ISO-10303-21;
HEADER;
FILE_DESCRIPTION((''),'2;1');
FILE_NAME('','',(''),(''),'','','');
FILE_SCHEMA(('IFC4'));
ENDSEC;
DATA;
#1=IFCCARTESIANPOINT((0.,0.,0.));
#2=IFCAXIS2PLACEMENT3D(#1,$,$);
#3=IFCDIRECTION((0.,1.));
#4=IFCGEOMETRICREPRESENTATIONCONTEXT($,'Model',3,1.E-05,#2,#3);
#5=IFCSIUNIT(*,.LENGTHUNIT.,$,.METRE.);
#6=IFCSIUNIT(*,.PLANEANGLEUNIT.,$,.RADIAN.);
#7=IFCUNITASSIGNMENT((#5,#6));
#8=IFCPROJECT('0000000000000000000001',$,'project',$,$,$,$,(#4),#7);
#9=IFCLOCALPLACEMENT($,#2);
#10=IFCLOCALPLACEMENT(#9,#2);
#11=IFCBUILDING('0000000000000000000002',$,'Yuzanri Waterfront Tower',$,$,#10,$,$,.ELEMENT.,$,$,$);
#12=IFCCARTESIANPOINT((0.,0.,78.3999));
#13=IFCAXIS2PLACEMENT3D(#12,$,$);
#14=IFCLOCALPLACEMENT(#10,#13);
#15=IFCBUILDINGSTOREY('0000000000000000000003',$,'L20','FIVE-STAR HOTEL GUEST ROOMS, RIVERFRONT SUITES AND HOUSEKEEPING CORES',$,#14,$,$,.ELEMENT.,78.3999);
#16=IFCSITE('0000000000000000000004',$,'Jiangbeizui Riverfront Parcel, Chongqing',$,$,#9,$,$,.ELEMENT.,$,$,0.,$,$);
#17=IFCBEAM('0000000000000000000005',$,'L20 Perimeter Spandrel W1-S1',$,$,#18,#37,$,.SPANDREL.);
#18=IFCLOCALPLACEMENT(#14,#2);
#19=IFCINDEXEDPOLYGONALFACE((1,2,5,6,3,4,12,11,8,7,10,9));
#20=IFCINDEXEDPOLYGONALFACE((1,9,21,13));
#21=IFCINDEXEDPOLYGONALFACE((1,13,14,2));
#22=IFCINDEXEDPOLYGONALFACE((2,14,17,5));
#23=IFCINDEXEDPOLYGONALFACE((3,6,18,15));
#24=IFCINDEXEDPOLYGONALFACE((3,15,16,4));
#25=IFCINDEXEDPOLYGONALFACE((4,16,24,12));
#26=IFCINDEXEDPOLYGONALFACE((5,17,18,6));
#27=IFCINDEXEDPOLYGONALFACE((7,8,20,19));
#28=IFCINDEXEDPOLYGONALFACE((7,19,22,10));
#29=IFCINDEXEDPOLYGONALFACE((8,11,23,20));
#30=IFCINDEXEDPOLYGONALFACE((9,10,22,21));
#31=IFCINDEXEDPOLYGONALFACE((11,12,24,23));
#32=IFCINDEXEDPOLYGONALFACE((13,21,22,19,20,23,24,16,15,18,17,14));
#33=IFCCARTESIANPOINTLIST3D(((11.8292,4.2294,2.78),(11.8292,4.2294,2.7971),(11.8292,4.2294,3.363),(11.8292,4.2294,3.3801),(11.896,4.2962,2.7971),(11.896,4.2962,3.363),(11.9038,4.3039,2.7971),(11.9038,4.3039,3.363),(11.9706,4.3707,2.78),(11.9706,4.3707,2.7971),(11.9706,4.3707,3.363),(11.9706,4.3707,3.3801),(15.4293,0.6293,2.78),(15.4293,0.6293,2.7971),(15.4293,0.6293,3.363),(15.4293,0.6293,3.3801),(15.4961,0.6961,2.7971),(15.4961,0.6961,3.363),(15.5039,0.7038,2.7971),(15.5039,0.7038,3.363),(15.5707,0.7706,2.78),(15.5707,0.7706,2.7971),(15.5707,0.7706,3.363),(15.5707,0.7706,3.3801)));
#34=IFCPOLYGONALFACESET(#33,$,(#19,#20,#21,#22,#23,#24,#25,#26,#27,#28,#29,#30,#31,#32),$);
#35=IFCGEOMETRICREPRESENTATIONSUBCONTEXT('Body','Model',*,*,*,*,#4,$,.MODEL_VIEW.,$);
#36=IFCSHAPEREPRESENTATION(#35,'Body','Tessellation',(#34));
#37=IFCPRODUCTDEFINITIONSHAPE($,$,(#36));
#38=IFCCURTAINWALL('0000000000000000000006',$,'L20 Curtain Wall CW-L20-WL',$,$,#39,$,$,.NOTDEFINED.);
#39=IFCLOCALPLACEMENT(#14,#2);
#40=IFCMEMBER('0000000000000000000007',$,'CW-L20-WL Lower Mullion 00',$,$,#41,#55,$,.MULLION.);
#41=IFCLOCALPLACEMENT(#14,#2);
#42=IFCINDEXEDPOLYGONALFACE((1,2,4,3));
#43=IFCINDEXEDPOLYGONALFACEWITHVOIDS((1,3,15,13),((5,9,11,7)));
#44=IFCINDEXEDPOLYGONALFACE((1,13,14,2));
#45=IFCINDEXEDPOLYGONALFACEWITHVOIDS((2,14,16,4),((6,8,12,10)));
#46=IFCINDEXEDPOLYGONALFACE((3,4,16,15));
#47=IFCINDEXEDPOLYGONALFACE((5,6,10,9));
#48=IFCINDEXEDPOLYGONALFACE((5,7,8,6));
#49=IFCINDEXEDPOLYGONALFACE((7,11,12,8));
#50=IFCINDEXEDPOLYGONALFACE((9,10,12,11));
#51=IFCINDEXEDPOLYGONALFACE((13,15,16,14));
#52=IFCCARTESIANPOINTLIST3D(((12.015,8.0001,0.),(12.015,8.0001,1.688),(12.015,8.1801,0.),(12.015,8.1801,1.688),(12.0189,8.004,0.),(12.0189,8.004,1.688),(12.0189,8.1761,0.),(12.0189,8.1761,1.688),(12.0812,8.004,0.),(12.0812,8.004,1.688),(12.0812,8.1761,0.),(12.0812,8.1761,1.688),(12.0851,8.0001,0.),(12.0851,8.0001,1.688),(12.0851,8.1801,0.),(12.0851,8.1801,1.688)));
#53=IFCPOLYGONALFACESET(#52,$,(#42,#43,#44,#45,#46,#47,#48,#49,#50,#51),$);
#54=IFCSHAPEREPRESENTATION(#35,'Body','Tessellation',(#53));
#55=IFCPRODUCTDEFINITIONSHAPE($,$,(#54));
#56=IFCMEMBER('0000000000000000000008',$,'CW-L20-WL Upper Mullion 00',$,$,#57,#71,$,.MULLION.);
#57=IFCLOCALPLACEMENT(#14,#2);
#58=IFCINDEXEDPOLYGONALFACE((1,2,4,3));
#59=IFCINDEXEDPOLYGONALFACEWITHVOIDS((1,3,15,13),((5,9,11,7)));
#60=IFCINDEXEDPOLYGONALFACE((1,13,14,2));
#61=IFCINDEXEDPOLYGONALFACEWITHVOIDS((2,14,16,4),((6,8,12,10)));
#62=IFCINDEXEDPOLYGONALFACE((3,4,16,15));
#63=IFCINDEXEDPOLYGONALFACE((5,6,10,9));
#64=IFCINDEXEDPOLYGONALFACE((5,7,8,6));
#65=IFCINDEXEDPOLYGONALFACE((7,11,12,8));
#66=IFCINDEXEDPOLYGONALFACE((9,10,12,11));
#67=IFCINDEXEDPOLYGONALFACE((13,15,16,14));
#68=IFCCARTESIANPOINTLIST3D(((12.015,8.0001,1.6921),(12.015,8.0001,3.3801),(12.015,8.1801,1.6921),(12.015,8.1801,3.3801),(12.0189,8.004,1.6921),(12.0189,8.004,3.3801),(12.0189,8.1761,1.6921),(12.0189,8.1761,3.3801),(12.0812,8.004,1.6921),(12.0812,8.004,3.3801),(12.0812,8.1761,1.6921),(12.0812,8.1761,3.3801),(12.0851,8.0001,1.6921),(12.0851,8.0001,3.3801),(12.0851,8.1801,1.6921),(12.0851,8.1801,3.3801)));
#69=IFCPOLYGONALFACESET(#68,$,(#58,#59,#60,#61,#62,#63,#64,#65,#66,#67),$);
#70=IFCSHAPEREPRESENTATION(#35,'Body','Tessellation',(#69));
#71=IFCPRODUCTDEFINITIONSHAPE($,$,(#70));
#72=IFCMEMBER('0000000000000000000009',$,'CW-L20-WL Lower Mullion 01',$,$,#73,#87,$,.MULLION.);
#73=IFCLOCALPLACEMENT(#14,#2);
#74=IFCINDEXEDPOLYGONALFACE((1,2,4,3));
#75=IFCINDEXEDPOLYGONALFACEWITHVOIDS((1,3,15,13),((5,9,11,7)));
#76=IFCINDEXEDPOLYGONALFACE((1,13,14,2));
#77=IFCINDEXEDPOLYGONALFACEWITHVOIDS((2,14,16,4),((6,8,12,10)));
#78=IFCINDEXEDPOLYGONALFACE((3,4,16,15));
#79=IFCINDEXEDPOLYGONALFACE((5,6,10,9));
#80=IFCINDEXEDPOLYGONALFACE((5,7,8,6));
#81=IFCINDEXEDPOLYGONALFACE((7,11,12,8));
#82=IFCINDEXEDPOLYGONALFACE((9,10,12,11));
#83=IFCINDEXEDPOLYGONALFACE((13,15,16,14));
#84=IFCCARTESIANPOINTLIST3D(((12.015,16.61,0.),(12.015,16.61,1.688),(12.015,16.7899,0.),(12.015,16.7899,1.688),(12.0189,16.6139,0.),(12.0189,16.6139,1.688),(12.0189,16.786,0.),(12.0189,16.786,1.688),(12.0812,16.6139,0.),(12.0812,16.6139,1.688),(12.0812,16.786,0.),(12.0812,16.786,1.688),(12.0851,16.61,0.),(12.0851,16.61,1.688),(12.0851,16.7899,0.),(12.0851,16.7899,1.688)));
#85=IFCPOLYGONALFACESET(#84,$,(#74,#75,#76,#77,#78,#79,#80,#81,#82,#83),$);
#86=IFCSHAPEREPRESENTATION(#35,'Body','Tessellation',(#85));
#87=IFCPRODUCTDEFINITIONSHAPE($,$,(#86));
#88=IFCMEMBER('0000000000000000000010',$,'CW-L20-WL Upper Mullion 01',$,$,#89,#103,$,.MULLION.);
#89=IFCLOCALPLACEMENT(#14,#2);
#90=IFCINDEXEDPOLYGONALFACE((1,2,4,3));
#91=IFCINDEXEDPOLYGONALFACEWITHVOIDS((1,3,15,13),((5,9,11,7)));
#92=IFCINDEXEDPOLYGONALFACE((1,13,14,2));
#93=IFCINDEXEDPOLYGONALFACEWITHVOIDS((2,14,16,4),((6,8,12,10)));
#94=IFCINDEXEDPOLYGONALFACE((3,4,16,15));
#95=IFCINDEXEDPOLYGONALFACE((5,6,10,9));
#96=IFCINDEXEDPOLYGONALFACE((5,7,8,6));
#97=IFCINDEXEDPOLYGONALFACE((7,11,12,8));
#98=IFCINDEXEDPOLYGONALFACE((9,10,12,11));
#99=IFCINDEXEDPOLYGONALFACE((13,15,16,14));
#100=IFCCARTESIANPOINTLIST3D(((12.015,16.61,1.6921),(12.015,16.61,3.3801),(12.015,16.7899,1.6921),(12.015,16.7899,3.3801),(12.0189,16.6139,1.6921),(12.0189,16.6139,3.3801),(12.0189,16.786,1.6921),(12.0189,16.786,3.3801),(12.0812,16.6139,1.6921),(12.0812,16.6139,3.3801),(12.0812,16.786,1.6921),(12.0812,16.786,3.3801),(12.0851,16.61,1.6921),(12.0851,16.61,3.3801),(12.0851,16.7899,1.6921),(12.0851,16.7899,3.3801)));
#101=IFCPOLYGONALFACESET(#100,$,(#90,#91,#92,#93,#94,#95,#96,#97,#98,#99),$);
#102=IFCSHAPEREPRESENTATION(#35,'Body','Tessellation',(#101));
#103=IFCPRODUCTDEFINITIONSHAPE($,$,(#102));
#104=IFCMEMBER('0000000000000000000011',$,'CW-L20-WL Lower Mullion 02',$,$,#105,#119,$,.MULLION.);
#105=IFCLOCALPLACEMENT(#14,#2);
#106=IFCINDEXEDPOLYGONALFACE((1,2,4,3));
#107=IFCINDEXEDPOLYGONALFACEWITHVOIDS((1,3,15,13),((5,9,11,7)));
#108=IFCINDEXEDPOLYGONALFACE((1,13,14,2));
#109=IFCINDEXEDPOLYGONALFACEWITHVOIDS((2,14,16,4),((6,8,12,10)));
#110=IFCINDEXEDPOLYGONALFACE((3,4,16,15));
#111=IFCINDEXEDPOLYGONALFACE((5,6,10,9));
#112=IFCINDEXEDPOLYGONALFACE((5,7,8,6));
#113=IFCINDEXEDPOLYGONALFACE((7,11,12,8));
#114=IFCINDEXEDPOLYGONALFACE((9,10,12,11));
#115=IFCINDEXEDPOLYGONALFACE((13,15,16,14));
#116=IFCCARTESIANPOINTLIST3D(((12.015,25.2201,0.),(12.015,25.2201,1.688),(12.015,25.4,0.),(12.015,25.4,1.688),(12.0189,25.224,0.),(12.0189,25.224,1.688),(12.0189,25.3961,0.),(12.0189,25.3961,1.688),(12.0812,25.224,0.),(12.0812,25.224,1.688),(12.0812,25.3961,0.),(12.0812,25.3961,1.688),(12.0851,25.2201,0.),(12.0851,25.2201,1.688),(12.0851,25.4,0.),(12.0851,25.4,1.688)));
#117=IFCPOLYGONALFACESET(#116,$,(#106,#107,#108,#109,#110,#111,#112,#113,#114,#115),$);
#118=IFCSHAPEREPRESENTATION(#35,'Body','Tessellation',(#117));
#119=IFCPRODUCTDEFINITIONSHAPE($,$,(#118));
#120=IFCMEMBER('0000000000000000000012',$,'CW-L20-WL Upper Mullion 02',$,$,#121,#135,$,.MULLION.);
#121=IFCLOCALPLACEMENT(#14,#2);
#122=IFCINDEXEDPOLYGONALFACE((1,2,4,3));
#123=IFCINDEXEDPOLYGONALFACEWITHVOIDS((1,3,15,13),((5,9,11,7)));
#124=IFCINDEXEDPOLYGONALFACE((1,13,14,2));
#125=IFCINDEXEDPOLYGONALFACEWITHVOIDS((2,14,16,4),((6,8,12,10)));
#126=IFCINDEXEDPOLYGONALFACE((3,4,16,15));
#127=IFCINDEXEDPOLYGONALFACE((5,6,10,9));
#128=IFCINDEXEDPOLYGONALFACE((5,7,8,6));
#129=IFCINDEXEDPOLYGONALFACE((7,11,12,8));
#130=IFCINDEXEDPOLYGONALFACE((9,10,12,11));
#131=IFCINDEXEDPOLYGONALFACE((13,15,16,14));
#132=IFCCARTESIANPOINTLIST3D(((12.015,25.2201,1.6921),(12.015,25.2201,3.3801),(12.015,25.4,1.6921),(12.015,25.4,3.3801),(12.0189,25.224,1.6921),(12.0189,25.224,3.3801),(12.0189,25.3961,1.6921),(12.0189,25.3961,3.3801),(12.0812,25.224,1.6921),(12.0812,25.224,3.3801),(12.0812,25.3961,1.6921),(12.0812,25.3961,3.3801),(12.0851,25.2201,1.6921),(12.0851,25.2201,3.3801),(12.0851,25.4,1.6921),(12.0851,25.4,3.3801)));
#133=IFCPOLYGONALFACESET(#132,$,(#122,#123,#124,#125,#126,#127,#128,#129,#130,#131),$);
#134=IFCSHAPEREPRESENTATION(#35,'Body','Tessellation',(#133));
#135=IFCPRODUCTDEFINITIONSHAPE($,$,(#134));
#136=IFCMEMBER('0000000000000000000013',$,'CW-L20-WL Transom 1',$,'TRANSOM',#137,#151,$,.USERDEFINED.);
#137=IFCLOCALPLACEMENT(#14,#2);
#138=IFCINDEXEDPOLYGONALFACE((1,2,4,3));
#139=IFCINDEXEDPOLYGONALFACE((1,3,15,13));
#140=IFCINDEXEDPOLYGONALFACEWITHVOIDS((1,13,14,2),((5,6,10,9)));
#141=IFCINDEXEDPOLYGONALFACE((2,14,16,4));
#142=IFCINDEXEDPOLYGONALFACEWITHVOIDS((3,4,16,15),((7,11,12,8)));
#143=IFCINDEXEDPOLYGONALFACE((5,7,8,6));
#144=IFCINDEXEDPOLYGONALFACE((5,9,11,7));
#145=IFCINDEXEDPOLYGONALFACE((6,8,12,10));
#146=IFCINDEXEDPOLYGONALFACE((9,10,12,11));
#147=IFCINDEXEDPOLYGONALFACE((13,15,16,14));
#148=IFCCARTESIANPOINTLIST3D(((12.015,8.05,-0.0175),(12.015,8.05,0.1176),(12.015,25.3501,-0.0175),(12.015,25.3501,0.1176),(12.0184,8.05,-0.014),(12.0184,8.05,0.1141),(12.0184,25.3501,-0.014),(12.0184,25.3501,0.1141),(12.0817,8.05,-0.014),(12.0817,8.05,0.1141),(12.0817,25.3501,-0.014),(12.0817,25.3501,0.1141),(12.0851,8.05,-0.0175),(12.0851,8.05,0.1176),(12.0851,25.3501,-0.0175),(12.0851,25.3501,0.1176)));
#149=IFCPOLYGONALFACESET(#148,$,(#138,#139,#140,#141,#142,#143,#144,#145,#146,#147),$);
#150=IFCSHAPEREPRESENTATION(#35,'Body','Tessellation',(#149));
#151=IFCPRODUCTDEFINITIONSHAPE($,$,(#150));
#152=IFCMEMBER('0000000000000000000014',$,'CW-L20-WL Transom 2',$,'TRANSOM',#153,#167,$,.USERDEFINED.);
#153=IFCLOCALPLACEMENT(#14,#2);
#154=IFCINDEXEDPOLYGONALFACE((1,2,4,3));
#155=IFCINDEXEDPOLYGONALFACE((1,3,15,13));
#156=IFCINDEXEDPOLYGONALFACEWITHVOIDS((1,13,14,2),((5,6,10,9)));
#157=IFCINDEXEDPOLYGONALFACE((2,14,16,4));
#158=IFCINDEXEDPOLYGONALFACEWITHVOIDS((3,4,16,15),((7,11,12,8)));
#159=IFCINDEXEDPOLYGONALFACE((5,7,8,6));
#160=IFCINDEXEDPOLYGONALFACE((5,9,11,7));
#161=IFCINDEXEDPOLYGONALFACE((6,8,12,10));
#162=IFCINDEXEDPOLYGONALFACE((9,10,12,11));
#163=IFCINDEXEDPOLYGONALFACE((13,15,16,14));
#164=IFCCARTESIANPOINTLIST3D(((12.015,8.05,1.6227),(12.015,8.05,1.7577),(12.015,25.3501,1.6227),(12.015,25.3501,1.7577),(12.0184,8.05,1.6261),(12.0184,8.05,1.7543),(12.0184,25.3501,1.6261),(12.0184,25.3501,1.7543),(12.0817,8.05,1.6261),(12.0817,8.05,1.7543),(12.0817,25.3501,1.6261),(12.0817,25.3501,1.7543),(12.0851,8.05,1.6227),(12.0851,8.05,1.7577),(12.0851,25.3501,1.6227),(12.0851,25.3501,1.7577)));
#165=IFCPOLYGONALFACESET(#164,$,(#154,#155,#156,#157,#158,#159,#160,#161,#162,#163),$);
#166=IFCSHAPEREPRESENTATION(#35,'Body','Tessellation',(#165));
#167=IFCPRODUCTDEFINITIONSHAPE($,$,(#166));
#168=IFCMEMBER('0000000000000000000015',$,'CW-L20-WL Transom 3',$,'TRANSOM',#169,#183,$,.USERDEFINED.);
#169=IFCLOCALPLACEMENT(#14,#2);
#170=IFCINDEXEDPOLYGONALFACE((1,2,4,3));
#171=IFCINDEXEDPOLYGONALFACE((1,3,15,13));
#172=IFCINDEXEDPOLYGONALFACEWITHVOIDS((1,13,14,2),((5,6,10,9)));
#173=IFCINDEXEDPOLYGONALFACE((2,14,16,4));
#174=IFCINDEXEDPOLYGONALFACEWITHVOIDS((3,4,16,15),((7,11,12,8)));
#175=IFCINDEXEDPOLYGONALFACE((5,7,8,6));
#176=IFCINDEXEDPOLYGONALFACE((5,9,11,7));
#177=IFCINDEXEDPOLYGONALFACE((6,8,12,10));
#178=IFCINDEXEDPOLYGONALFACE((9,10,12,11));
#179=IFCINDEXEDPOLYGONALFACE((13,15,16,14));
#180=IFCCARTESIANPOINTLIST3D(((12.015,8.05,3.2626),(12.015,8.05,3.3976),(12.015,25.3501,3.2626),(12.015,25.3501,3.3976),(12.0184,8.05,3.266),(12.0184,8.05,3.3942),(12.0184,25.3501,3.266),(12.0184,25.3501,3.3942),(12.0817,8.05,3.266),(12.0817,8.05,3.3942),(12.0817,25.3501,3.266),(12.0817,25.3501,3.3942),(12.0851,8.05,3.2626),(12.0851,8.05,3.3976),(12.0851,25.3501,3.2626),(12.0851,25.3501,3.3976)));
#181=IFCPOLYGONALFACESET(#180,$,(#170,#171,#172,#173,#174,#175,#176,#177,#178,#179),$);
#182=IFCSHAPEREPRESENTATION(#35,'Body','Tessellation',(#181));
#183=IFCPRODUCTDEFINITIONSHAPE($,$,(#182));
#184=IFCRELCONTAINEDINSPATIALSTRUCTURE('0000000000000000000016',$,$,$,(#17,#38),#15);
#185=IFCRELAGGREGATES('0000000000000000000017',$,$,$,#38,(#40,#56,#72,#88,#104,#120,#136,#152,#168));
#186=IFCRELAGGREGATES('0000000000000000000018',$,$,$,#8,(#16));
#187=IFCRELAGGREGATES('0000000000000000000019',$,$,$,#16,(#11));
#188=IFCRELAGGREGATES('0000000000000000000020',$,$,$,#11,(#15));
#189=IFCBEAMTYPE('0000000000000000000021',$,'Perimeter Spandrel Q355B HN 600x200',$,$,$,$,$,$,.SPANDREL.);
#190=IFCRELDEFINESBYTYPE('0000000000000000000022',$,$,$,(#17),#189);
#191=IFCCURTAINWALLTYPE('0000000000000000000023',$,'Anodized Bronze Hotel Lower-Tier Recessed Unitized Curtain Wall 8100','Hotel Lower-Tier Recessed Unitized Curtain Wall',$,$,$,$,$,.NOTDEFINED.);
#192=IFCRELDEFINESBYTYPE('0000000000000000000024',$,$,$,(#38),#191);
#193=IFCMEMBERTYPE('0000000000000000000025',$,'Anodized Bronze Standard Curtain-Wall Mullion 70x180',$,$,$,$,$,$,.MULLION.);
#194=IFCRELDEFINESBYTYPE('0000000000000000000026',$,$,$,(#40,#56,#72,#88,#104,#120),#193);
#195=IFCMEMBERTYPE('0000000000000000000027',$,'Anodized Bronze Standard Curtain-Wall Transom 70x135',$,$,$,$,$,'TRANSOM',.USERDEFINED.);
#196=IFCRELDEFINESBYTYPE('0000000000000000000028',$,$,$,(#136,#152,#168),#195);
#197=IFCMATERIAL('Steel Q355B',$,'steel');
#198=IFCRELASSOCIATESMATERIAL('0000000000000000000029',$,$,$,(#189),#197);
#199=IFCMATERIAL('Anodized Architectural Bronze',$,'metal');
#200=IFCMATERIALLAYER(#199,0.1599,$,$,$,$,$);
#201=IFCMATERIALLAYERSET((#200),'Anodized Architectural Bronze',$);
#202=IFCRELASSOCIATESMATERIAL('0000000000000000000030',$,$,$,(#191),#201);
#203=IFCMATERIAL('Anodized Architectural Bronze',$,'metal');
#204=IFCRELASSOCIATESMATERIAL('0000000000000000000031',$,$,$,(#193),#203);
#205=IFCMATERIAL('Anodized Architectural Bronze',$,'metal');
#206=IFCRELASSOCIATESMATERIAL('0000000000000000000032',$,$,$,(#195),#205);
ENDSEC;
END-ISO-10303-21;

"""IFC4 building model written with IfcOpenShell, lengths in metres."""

from ifc_helpers import new_model, si_unit, direction, frame, origin, origin_2d, place, context, subcontext, project, spatial, hollow_rectangle, i_section, extrude, source, transform, mapped, material, layer, layer_set, material_profile, profile_set, type_object, element, aggregate, save


model = new_model("IFC4")

# Units and contexts
model_context = context("Model", 3, precision=1e-05, world=origin(), true_north=direction((0.0, 1.0)))
body_context = subcontext(model_context, "Body", "Model", "MODEL_VIEW")
ifc_project = project(units=[si_unit("LENGTHUNIT", "METRE"), si_unit("PLANEANGLEUNIT", "RADIAN")], contexts=[model_context])

# Site, building, storey
site_placement = place(None, origin())
site = spatial("IfcSite", under=ifc_project, at=site_placement, Name="Jiangbeizui Riverfront Parcel, Chongqing", CompositionType="ELEMENT", RefElevation=0.0)
building_placement = place(site_placement, origin())
building = spatial("IfcBuilding", under=site, at=building_placement, Name="Yuzanri Waterfront Tower", CompositionType="ELEMENT")
storey_placement = place(building_placement, frame((0.0, 0.0, 78.3999)))
storey = spatial("IfcBuildingStorey", under=building, at=storey_placement, Name="L20", Description="FIVE-STAR HOTEL GUEST ROOMS, RIVERFRONT SUITES AND HOUSEKEEPING CORES", CompositionType="ELEMENT", Elevation=78.3999)

# Beam
ifc_material_1 = material(Name="Steel Q355B", Category="steel")
ifc_material_profile_1 = material_profile(ifc_material_1, i_section(OverallWidth=0.2, OverallDepth=0.6001, WebThickness=0.011, FlangeThickness=0.0171, at=origin_2d()), Name="HN 600x200x11x17")
ifc_profile_set_1 = profile_set([ifc_material_profile_1], Name="Steel Q355B")
beam_type = type_object("IfcBeamType", Name="Perimeter Spandrel Q355B HN 600x200", PredefinedType="SPANDREL", material=ifc_profile_set_1)
shared_shape_1 = source(origin(), body_context, "Body", "SweptSolid", [
    extrude(i_section(OverallWidth=0.2, OverallDepth=0.6001, WebThickness=0.011, FlangeThickness=0.0171, at=origin_2d()), origin(), (0.0, 0.0, 1.0), 5.0913),
])
beam_placement = place(storey_placement, frame((11.8999, 4.3, 3.0801), z_axis=(0.707107, -0.707107, 0.0), x_axis=(0.707107, 0.707107, 0.0)))
element("IfcBeam", 1, at=beam_placement, inside=storey, type_object=beam_type, Name="L20 Perimeter Spandrel W1-S1", PredefinedType="SPANDREL", context=body_context, shape_type="MappedRepresentation", body=[
    mapped(shared_shape_1, transform((0.0, 0.0, 0.0), scale=1.0)),
])

# Curtain wall, members
ifc_material_2 = material(Name="Anodized Architectural Bronze", Category="metal")
ifc_layer_1 = layer(ifc_material_2, 0.1599)
ifc_layer_set_1 = layer_set([ifc_layer_1], Name="Anodized Architectural Bronze")
curtain_wall_type = type_object("IfcCurtainWallType", Name="Anodized Bronze Hotel Lower-Tier Recessed Unitized Curtain Wall 8100", Description="Hotel Lower-Tier Recessed Unitized Curtain Wall", PredefinedType="NOTDEFINED", material=ifc_layer_set_1)
curtain_wall_placement = place(storey_placement, origin())
curtain_wall = element("IfcCurtainWall", 2, at=curtain_wall_placement, inside=storey, type_object=curtain_wall_type, Name="L20 Curtain Wall CW-L20-WL", PredefinedType="NOTDEFINED")
ifc_material_3 = material(Name="Anodized Architectural Bronze", Category="metal")
ifc_material_profile_2 = material_profile(ifc_material_3, hollow_rectangle(XDim=0.0701, YDim=0.1799, WallThickness=0.0039, at=origin_2d()), Name="CWM 70x180")
ifc_profile_set_2 = profile_set([ifc_material_profile_2], Name="Anodized Architectural Bronze")
member_type_1 = type_object("IfcMemberType", Name="Anodized Bronze Standard Curtain-Wall Mullion 70x180", PredefinedType="MULLION", material=ifc_profile_set_2)
shared_shape_2 = source(origin(), body_context, "Body", "SweptSolid", [
    extrude(hollow_rectangle(XDim=0.0701, YDim=0.1799, WallThickness=0.0039, at=origin_2d()), origin(), (0.0, 0.0, 1.0), 1.688),
])
member_1_placement = place(storey_placement, frame((12.05, 8.0901, 0.0), z_axis=(0.0, 0.0, 1.0), x_axis=(1.0, 0.0, 0.0)))
member_1 = element("IfcMember", 3, at=member_1_placement, type_object=member_type_1, Name="CW-L20-WL Lower Mullion 00", PredefinedType="MULLION", context=body_context, shape_type="MappedRepresentation", body=[
    mapped(shared_shape_2, transform((0.0, 0.0, 0.0), scale=1.0)),
])
member_2_placement = place(storey_placement, frame((12.05, 8.0901, 1.6921), z_axis=(0.0, 0.0, 1.0), x_axis=(1.0, 0.0, 0.0)))
member_2 = element("IfcMember", 4, at=member_2_placement, type_object=member_type_1, Name="CW-L20-WL Upper Mullion 00", PredefinedType="MULLION", context=body_context, shape_type="MappedRepresentation", body=[
    mapped(shared_shape_2, transform((0.0, 0.0, 0.0), scale=1.0)),
])
member_3_placement = place(storey_placement, frame((12.05, 16.7, 0.0), z_axis=(0.0, 0.0, 1.0), x_axis=(1.0, 0.0, 0.0)))
member_3 = element("IfcMember", 5, at=member_3_placement, type_object=member_type_1, Name="CW-L20-WL Lower Mullion 01", PredefinedType="MULLION", context=body_context, shape_type="MappedRepresentation", body=[
    mapped(shared_shape_2, transform((0.0, 0.0, 0.0), scale=1.0)),
])
member_4_placement = place(storey_placement, frame((12.05, 16.7, 1.6921), z_axis=(0.0, 0.0, 1.0), x_axis=(1.0, 0.0, 0.0)))
member_4 = element("IfcMember", 6, at=member_4_placement, type_object=member_type_1, Name="CW-L20-WL Upper Mullion 01", PredefinedType="MULLION", context=body_context, shape_type="MappedRepresentation", body=[
    mapped(shared_shape_2, transform((0.0, 0.0, 0.0), scale=1.0)),
])
member_5_placement = place(storey_placement, frame((12.05, 25.3101, 0.0), z_axis=(0.0, 0.0, 1.0), x_axis=(1.0, 0.0, 0.0)))
member_5 = element("IfcMember", 7, at=member_5_placement, type_object=member_type_1, Name="CW-L20-WL Lower Mullion 02", PredefinedType="MULLION", context=body_context, shape_type="MappedRepresentation", body=[
    mapped(shared_shape_2, transform((0.0, 0.0, 0.0), scale=1.0)),
])
member_6_placement = place(storey_placement, frame((12.05, 25.3101, 1.6921), z_axis=(0.0, 0.0, 1.0), x_axis=(1.0, 0.0, 0.0)))
member_6 = element("IfcMember", 8, at=member_6_placement, type_object=member_type_1, Name="CW-L20-WL Upper Mullion 02", PredefinedType="MULLION", context=body_context, shape_type="MappedRepresentation", body=[
    mapped(shared_shape_2, transform((0.0, 0.0, 0.0), scale=1.0)),
])
ifc_material_4 = material(Name="Anodized Architectural Bronze", Category="metal")
ifc_material_profile_3 = material_profile(ifc_material_4, hollow_rectangle(XDim=0.0701, YDim=0.135, WallThickness=0.0034, at=origin_2d()), Name="CWT 70x135")
ifc_profile_set_3 = profile_set([ifc_material_profile_3], Name="Anodized Architectural Bronze")
member_type_2 = type_object("IfcMemberType", Name="Anodized Bronze Standard Curtain-Wall Transom 70x135", ElementType="TRANSOM", PredefinedType="USERDEFINED", material=ifc_profile_set_3)
shared_shape_3 = source(origin(), body_context, "Body", "SweptSolid", [
    extrude(hollow_rectangle(XDim=0.0701, YDim=0.135, WallThickness=0.0034, at=origin_2d()), origin(), (0.0, 0.0, 1.0), 17.3),
])
member_7_placement = place(storey_placement, frame((12.05, 8.05, 0.05), z_axis=(0.0, 1.0, 0.0), x_axis=(-1.0, 0.0, 0.0)))
member_7 = element("IfcMember", 9, at=member_7_placement, type_object=member_type_2, Name="CW-L20-WL Transom 1", ObjectType="TRANSOM", PredefinedType="USERDEFINED", context=body_context, shape_type="MappedRepresentation", body=[
    mapped(shared_shape_3, transform((0.0, 0.0, 0.0), scale=1.0)),
])
member_8_placement = place(storey_placement, frame((12.05, 8.05, 1.6902), z_axis=(0.0, 1.0, 0.0), x_axis=(-1.0, 0.0, 0.0)))
member_8 = element("IfcMember", 10, at=member_8_placement, type_object=member_type_2, Name="CW-L20-WL Transom 2", ObjectType="TRANSOM", PredefinedType="USERDEFINED", context=body_context, shape_type="MappedRepresentation", body=[
    mapped(shared_shape_3, transform((0.0, 0.0, 0.0), scale=1.0)),
])
member_9_placement = place(storey_placement, frame((12.05, 8.05, 3.3301), z_axis=(0.0, 1.0, 0.0), x_axis=(-1.0, 0.0, 0.0)))
member_9 = element("IfcMember", 11, at=member_9_placement, type_object=member_type_2, Name="CW-L20-WL Transom 3", ObjectType="TRANSOM", PredefinedType="USERDEFINED", context=body_context, shape_type="MappedRepresentation", body=[
    mapped(shared_shape_3, transform((0.0, 0.0, 0.0), scale=1.0)),
])

aggregate(curtain_wall, [member_1, member_2, member_3, member_4, member_5, member_6, member_7, member_8, member_9])

save(model, "model.ifc")
